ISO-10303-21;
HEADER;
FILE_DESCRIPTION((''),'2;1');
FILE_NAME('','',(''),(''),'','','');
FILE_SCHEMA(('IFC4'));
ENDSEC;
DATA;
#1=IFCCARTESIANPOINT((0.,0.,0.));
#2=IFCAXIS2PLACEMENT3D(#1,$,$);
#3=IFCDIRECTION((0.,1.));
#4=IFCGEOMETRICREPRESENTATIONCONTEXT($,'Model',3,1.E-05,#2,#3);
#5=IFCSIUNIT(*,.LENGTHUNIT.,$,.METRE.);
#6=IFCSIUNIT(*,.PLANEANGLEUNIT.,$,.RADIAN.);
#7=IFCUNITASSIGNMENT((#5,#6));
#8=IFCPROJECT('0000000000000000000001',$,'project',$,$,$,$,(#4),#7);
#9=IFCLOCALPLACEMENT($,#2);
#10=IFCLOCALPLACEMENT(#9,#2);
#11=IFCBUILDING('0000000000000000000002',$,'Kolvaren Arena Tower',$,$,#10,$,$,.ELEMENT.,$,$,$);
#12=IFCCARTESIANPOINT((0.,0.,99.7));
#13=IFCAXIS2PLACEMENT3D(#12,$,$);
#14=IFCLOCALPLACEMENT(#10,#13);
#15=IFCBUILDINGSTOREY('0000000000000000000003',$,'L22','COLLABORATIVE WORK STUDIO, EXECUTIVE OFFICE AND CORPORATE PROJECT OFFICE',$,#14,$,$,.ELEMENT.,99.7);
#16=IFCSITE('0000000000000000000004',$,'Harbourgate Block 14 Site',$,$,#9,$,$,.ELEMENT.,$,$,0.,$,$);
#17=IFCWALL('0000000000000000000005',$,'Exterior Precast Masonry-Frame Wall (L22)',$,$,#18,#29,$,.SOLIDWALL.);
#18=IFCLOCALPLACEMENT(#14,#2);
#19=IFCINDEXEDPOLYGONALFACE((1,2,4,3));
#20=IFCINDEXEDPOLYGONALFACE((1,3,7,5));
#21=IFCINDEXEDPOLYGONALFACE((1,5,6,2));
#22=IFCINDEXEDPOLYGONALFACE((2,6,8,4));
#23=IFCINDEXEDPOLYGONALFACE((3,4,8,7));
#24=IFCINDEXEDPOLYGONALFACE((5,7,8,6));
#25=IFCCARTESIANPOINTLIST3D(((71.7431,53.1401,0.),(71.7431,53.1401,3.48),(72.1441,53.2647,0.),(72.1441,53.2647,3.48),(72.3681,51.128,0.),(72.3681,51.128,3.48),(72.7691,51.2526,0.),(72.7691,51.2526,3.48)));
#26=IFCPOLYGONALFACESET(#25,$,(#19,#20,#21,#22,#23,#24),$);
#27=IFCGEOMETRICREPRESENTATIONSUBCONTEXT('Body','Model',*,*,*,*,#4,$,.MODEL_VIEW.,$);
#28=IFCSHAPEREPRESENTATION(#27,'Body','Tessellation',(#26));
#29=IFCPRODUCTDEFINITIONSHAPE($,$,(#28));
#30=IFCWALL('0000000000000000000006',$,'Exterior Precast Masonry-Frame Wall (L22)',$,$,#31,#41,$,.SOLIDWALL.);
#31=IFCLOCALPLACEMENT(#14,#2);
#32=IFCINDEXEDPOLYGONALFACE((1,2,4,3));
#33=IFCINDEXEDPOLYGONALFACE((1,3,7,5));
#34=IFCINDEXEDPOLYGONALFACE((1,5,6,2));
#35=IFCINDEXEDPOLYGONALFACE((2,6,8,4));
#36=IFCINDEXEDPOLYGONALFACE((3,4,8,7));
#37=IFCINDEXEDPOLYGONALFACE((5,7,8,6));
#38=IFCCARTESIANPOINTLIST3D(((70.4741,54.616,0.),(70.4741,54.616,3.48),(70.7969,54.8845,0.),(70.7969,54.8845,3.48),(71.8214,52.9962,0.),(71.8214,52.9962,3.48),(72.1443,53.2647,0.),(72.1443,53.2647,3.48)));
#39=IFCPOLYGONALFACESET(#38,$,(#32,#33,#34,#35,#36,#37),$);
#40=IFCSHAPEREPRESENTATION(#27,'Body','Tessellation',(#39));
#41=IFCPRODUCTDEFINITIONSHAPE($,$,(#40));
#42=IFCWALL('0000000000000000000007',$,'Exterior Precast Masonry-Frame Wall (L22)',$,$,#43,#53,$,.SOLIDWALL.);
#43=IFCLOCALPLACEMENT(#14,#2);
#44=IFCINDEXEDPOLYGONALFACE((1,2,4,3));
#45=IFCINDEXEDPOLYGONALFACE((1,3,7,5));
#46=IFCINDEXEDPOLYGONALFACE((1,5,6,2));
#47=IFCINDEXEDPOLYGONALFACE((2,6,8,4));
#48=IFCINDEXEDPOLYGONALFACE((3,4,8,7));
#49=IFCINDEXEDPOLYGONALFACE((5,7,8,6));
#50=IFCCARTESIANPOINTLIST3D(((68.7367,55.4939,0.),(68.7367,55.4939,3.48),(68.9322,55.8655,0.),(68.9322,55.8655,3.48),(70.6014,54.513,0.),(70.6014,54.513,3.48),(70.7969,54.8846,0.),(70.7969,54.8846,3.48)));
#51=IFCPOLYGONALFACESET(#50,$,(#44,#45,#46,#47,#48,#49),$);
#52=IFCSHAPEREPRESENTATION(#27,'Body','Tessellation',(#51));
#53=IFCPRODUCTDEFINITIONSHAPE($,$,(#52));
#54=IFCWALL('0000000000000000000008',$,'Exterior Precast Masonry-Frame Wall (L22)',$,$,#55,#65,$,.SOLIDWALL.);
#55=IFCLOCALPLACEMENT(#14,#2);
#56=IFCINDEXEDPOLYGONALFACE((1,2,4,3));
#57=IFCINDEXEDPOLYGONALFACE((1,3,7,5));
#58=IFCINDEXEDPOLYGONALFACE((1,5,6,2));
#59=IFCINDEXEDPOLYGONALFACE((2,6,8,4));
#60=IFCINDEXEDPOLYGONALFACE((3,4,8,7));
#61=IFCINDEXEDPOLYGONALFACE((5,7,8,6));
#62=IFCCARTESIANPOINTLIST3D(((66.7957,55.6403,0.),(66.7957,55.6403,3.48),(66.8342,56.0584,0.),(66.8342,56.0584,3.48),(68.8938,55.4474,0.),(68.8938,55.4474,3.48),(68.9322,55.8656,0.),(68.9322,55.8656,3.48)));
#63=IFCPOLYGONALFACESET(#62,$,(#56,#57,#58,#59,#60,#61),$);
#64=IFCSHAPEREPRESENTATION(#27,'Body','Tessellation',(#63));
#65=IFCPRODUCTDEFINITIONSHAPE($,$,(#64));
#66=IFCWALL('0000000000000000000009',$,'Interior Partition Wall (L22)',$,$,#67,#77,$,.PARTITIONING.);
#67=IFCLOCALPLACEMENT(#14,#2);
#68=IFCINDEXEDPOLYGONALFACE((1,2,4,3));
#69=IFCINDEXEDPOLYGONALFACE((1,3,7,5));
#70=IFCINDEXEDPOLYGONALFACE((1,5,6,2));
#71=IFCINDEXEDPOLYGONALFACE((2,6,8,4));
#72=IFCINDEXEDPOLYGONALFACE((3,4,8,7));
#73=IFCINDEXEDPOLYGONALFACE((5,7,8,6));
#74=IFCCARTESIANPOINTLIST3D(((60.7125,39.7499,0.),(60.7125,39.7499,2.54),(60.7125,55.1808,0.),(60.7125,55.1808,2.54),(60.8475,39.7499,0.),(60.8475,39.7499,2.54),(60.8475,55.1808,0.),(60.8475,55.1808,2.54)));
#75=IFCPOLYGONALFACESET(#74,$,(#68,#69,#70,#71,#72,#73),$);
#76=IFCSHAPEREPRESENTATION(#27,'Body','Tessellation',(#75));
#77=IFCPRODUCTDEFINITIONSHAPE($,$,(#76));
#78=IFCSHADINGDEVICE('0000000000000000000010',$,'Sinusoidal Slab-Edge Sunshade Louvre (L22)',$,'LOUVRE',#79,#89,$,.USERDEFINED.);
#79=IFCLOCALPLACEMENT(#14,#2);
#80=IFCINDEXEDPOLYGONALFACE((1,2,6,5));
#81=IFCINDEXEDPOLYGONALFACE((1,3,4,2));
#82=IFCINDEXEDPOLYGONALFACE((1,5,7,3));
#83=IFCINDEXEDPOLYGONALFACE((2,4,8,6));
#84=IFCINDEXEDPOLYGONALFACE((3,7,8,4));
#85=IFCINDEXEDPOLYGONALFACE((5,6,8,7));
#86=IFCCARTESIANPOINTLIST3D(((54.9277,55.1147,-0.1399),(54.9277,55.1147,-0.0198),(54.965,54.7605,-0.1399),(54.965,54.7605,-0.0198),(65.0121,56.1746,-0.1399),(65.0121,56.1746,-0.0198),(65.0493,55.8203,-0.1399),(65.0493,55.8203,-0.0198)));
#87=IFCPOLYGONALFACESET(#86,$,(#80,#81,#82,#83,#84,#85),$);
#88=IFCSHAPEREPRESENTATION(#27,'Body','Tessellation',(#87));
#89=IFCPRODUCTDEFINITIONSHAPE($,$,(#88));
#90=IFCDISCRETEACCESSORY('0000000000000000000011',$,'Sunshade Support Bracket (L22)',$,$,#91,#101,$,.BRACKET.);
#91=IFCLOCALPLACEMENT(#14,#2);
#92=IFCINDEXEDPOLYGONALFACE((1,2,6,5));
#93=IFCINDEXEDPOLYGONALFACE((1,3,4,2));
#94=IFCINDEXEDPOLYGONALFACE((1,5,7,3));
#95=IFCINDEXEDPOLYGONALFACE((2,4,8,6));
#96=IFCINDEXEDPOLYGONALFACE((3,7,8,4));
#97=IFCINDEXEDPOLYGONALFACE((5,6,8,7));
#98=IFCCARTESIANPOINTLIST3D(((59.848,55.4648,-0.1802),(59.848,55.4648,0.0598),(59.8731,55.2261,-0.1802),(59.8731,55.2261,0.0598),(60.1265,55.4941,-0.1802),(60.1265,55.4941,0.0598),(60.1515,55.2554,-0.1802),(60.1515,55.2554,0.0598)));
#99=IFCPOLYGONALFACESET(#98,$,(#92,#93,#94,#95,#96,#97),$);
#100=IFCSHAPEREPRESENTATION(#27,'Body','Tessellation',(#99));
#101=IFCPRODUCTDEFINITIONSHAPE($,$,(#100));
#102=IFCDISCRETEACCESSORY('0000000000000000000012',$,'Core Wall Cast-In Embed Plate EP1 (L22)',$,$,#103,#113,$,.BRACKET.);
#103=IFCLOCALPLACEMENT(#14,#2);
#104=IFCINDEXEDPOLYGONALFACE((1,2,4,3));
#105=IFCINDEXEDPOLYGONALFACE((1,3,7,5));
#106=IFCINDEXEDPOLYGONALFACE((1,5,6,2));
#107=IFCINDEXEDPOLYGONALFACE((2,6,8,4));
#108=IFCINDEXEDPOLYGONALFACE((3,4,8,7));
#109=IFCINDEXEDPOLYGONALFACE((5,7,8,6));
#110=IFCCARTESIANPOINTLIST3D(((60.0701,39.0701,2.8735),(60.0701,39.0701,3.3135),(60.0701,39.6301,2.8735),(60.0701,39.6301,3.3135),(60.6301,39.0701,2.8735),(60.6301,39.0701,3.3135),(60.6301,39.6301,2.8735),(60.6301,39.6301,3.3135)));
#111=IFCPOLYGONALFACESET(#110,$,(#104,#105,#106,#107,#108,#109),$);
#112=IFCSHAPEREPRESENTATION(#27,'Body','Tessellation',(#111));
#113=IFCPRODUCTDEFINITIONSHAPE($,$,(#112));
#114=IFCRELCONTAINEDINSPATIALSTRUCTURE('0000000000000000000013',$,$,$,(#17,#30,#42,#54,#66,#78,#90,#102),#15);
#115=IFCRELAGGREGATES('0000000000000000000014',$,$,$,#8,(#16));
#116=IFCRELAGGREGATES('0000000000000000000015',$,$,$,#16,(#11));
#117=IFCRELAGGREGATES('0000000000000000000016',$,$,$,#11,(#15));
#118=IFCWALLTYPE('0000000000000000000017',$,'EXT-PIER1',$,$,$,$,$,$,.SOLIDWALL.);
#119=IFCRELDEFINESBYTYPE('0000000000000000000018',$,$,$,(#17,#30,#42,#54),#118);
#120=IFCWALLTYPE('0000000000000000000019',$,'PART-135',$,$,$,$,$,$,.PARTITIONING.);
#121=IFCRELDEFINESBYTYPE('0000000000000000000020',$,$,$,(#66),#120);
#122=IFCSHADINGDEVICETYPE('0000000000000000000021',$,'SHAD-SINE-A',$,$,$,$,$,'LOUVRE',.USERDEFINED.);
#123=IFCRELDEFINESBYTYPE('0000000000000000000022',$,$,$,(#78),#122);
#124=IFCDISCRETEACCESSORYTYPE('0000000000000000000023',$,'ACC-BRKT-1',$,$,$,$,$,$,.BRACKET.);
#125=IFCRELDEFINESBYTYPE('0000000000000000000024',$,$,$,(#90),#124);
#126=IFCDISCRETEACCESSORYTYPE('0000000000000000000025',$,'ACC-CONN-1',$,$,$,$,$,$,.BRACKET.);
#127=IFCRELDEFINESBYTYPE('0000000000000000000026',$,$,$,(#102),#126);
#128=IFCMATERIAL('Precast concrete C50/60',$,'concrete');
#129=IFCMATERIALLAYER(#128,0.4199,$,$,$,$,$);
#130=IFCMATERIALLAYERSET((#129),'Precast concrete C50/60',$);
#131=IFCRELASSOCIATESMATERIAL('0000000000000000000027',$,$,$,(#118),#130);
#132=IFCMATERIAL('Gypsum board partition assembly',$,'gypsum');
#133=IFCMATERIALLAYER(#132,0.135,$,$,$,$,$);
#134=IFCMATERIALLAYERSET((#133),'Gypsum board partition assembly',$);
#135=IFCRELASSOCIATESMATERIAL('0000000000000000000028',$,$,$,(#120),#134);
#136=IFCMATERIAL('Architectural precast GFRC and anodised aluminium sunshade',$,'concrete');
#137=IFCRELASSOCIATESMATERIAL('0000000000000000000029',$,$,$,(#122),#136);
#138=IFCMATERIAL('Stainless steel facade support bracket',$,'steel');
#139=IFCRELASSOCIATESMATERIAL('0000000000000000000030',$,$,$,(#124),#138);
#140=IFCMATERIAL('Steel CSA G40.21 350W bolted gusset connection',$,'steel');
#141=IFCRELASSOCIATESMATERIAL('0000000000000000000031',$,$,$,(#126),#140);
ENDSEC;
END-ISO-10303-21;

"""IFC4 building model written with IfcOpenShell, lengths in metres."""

from ifc_helpers import new_model, si_unit, direction, frame, frame_2d, origin, origin_2d, place, context, subcontext, project, spatial, rectangle, extrude, material, layer, layer_set, type_object, element, save


model = new_model("IFC4")

# Units and contexts
model_context = context("Model", 3, precision=1e-05, world=origin(), true_north=direction((0.0, 1.0)))
body_context = subcontext(model_context, "Body", "Model", "MODEL_VIEW")
ifc_project = project(units=[si_unit("LENGTHUNIT", "METRE"), si_unit("PLANEANGLEUNIT", "RADIAN")], contexts=[model_context])

# Site, building, storey
site_placement = place(None, origin())
site = spatial("IfcSite", under=ifc_project, at=site_placement, Name="Harbourgate Block 14 Site", CompositionType="ELEMENT", RefElevation=0.0)
building_placement = place(site_placement, origin())
building = spatial("IfcBuilding", under=site, at=building_placement, Name="Kolvaren Arena Tower", CompositionType="ELEMENT")
storey_placement = place(building_placement, frame((0.0, 0.0, 99.7)))
storey = spatial("IfcBuildingStorey", under=building, at=storey_placement, Name="L22", Description="COLLABORATIVE WORK STUDIO, EXECUTIVE OFFICE AND CORPORATE PROJECT OFFICE", CompositionType="ELEMENT", Elevation=99.7)

# Shared definitions
ifc_material_1 = material(Name="Precast concrete C50/60", Category="concrete")
ifc_layer_1 = layer(ifc_material_1, 0.4199)
ifc_layer_set_1 = layer_set([ifc_layer_1], Name="Precast concrete C50/60")
wall_type_1 = type_object("IfcWallType", Name="EXT-PIER1", PredefinedType="SOLIDWALL", material=ifc_layer_set_1)

# Walls
for number, where, z_axis, x_axis, name in (
    (1, (71.9436, 53.2024, 0.0), (0.0, 0.0, 1.0), (0.296625, -0.954994, 0.0), "Exterior Precast Masonry-Frame Wall (L22)"),
    (2, (70.6355, 54.7502, 0.0), (0.0, 0.0, 1.0), (0.639489, -0.7688, 0.0), "Exterior Precast Masonry-Frame Wall (L22)"),
    (3, (68.8345, 55.6797, 0.0), (0.0, 0.0, 1.0), (0.885014, -0.465565, 0.0), "Exterior Precast Masonry-Frame Wall (L22)"),
    (4, (66.8149, 55.8494, 0.0), (0.0, 0.0, 1.0), (0.995802, -0.091539, 0.0), "Exterior Precast Masonry-Frame Wall (L22)"),
):
    element("IfcWall", number, at=place(storey_placement, frame(where, z_axis=z_axis, x_axis=x_axis)), inside=storey, type_object=wall_type_1, Name=name, PredefinedType="SOLIDWALL", context=body_context, shape_type="SweptSolid", body=[
        extrude(rectangle(XDim=2.1069, YDim=0.4199, at=frame_2d((1.0535, 0.0))), origin(), (0.0, 0.0, 1.0), 3.48),
    ])
ifc_material_2 = material(Name="Gypsum board partition assembly", Category="gypsum")
ifc_layer_2 = layer(ifc_material_2, 0.135)
ifc_layer_set_2 = layer_set([ifc_layer_2], Name="Gypsum board partition assembly")
wall_type_2 = type_object("IfcWallType", Name="PART-135", PredefinedType="PARTITIONING", material=ifc_layer_set_2)
wall_1_placement = place(storey_placement, frame((60.78, 39.75, 0.0), z_axis=(0.0, 0.0, 1.0), x_axis=(0.0, 1.0, 0.0)))
element("IfcWall", 5, at=wall_1_placement, inside=storey, type_object=wall_type_2, Name="Interior Partition Wall (L22)", PredefinedType="PARTITIONING", context=body_context, shape_type="SweptSolid", body=[
    extrude(rectangle(XDim=15.4309, YDim=0.135, at=frame_2d((7.7153, 0.0))), origin(), (0.0, 0.0, 1.0), 2.54),
])

# Shading device
ifc_material_3 = material(Name="Architectural precast GFRC and anodised aluminium sunshade", Category="concrete")
shading_device_type = type_object("IfcShadingDeviceType", Name="SHAD-SINE-A", ElementType="LOUVRE", PredefinedType="USERDEFINED", material=ifc_material_3)
shading_device_placement = place(storey_placement, frame((59.9885, 55.4675, -0.1399), z_axis=(0.0, 0.0, 1.0), x_axis=(0.994522, 0.104527, 0.0)))
element("IfcShadingDevice", 6, at=shading_device_placement, inside=storey, type_object=shading_device_type, Name="Sinusoidal Slab-Edge Sunshade Louvre (L22)", ObjectType="LOUVRE", PredefinedType="USERDEFINED", context=body_context, shape_type="SweptSolid", body=[
    extrude(rectangle(XDim=10.1399, YDim=0.3562, at=origin_2d()), origin(), (0.0, 0.0, 1.0), 0.1201),
])

# Discrete accessories
ifc_material_4 = material(Name="Stainless steel facade support bracket", Category="steel")
discrete_accessory_type_1 = type_object("IfcDiscreteAccessoryType", Name="ACC-BRKT-1", PredefinedType="BRACKET", material=ifc_material_4)
discrete_accessory_1_placement = place(storey_placement, frame((59.9998, 55.3601, -0.1802), z_axis=(0.0, 0.0, 1.0), x_axis=(0.994522, 0.104527, 0.0)))
element("IfcDiscreteAccessory", 7, at=discrete_accessory_1_placement, inside=storey, type_object=discrete_accessory_type_1, Name="Sunshade Support Bracket (L22)", PredefinedType="BRACKET", context=body_context, shape_type="SweptSolid", body=[
    extrude(rectangle(XDim=0.28, YDim=0.24, at=origin_2d()), origin(), (0.0, 0.0, 1.0), 0.24),
])
ifc_material_5 = material(Name="Steel CSA G40.21 350W bolted gusset connection", Category="steel")
discrete_accessory_type_2 = type_object("IfcDiscreteAccessoryType", Name="ACC-CONN-1", PredefinedType="BRACKET", material=ifc_material_5)
discrete_accessory_2_placement = place(storey_placement, frame((60.3501, 39.3501, 2.8735), z_axis=(0.0, 0.0, 1.0), x_axis=(1.0, 0.0, 0.0)))
element("IfcDiscreteAccessory", 8, at=discrete_accessory_2_placement, inside=storey, type_object=discrete_accessory_type_2, Name="Core Wall Cast-In Embed Plate EP1 (L22)", PredefinedType="BRACKET", context=body_context, shape_type="SweptSolid", body=[
    extrude(rectangle(XDim=0.5601, YDim=0.5601, at=origin_2d()), origin(), (0.0, 0.0, 1.0), 0.4399),
])

save(model, "model.ifc")
